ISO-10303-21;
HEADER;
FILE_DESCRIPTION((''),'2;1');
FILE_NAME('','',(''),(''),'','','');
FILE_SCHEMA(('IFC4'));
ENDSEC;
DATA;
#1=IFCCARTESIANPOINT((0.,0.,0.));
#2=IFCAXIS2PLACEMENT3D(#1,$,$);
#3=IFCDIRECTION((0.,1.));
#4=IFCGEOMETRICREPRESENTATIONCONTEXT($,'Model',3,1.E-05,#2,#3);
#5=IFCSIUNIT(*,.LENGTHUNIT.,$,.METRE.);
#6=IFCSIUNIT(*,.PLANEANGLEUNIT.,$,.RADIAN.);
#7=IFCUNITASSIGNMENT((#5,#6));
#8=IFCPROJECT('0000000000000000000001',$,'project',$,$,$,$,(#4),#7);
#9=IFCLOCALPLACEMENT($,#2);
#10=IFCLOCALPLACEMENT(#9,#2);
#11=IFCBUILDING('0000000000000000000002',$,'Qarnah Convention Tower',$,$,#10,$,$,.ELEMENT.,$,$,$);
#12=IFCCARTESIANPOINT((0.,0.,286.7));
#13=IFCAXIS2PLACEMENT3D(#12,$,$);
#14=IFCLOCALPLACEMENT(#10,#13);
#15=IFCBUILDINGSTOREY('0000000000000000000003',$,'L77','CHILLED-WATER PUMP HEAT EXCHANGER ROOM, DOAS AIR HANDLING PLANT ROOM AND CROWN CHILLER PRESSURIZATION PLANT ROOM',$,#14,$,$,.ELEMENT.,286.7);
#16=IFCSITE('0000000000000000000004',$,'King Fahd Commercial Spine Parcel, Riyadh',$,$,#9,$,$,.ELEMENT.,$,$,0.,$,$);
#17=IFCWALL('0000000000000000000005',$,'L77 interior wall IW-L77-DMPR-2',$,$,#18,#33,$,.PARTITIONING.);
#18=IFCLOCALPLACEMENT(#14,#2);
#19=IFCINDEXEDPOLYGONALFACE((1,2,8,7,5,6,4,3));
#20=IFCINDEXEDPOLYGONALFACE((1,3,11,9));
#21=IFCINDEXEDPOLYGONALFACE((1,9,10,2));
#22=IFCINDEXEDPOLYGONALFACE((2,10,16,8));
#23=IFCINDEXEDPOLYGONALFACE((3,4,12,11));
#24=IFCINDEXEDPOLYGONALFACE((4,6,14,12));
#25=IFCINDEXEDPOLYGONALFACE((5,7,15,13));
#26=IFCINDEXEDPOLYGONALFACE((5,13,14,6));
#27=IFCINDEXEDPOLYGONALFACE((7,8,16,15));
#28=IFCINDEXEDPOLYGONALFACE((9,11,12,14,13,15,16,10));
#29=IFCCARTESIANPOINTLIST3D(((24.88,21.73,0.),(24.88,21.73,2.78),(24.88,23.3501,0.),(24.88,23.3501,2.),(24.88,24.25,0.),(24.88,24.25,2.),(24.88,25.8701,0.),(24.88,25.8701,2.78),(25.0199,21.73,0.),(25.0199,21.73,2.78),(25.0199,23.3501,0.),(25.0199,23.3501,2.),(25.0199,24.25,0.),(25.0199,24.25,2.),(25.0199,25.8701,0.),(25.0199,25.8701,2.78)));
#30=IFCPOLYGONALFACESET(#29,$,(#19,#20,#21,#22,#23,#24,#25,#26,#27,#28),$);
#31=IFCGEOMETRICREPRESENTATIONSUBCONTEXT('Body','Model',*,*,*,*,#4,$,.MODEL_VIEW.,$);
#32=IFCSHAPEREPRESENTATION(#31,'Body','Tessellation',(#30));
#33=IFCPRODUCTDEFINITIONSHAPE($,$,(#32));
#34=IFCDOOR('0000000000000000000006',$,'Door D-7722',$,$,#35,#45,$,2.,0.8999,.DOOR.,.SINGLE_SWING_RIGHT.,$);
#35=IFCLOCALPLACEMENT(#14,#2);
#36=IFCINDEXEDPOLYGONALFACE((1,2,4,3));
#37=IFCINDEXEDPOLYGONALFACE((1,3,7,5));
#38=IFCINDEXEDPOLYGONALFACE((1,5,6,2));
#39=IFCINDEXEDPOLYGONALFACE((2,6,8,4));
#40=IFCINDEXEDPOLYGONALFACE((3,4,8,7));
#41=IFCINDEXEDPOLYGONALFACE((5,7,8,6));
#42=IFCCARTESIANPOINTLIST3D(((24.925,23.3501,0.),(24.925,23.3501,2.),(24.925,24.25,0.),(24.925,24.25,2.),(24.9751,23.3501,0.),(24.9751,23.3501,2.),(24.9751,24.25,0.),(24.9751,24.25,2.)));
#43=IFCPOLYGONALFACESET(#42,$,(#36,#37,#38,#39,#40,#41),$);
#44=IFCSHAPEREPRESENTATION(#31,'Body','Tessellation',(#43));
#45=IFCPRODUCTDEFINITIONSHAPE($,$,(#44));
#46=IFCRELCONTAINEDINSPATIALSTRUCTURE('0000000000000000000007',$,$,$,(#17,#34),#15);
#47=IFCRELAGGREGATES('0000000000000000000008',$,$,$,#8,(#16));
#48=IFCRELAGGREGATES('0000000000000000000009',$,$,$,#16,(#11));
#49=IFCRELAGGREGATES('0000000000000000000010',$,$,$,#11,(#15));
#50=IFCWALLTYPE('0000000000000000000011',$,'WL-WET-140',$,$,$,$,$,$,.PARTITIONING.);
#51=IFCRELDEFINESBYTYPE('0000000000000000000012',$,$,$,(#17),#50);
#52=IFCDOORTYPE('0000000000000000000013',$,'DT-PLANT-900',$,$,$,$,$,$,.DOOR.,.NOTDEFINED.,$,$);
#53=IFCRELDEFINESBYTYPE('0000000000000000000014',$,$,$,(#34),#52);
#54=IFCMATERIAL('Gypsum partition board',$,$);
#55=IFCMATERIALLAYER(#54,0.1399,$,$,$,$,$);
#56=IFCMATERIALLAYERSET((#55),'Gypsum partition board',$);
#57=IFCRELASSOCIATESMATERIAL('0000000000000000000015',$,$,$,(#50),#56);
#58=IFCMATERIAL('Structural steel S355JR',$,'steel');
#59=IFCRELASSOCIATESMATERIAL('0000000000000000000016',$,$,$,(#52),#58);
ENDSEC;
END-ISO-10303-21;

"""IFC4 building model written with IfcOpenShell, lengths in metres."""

from ifc_helpers import new_model, si_unit, direction, frame, frame_2d, origin, place, context, subcontext, project, spatial, rectangle, extrude, material, layer, layer_set, type_object, element, fill, save


model = new_model("IFC4")

# Units and contexts
model_context = context("Model", 3, precision=1e-05, world=origin(), true_north=direction((0.0, 1.0)))
body_context = subcontext(model_context, "Body", "Model", "MODEL_VIEW")
ifc_project = project(units=[si_unit("LENGTHUNIT", "METRE"), si_unit("PLANEANGLEUNIT", "RADIAN")], contexts=[model_context])

# Site, building, storey
site_placement = place(None, origin())
site = spatial("IfcSite", under=ifc_project, at=site_placement, Name="King Fahd Commercial Spine Parcel, Riyadh", CompositionType="ELEMENT", RefElevation=0.0)
building_placement = place(site_placement, origin())
building = spatial("IfcBuilding", under=site, at=building_placement, Name="Qarnah Convention Tower", CompositionType="ELEMENT")
storey_placement = place(building_placement, frame((0.0, 0.0, 286.7)))
storey = spatial("IfcBuildingStorey", under=building, at=storey_placement, Name="L77", Description="CHILLED-WATER PUMP HEAT EXCHANGER ROOM, DOAS AIR HANDLING PLANT ROOM AND CROWN CHILLER PRESSURIZATION PLANT ROOM", CompositionType="ELEMENT", Elevation=286.7)

# Shared definitions
ifc_material_1 = material(Name="Structural steel S355JR", Category="steel")

# Shared definitions
ifc_material_2 = material(Name="Gypsum partition board")
ifc_layer_1 = layer(ifc_material_2, 0.1399)
ifc_layer_set_1 = layer_set([ifc_layer_1], Name="Gypsum partition board")
wall_type_1 = type_object("IfcWallType", Name="WL-WET-140", PredefinedType="PARTITIONING", material=ifc_layer_set_1)

# Wall, opening, door
wall_1_placement = place(storey_placement, frame((24.95, 21.73, 0.0), z_axis=(0.0, 0.0, 1.0), x_axis=(0.0, 1.0, 0.0)))
wall_1 = element("IfcWall", 1, at=wall_1_placement, inside=storey, type_object=wall_type_1, Name="L77 interior wall IW-L77-DMPR-2", PredefinedType="PARTITIONING", context=body_context, shape_type="SweptSolid", body=[
    extrude(rectangle(XDim=4.1401, YDim=0.1399, at=frame_2d((2.0701, 0.0))), origin(), (0.0, 0.0, 1.0), 2.78),
])
opening_1_placement = place(wall_1_placement, frame((1.6201, 0.0, 0.0)))
opening_1 = element("IfcOpeningElement", 2, at=opening_1_placement, cuts=wall_1, PredefinedType="OPENING", context=body_context, shape_type="SweptSolid", body=[
    extrude(rectangle(XDim=0.8999, YDim=2.0, at=frame_2d((0.45, 1.0))), frame((0.0, 0.0798, 0.0), z_axis=(0.0, -1.0, 0.0), x_axis=(1.0, 0.0, 0.0)), (0.0, 0.0, 1.0), 0.1599),
])
door_type_1 = type_object("IfcDoorType", Name="DT-PLANT-900", OperationType="NOTDEFINED", PredefinedType="DOOR", material=ifc_material_1)
door_1_placement = place(opening_1_placement, origin())
door_1 = element("IfcDoor", 3, at=door_1_placement, inside=storey, type_object=door_type_1, Name="Door D-7722", OperationType="SINGLE_SWING_RIGHT", OverallHeight=2.0, OverallWidth=0.8999, PredefinedType="DOOR", context=body_context, shape_type="SweptSolid", body=[
    extrude(rectangle(XDim=0.8999, YDim=2.0, at=frame_2d((0.45, 1.0))), frame((0.0, 0.0249, 0.0), z_axis=(0.0, -1.0, 0.0), x_axis=(1.0, 0.0, 0.0)), (0.0, 0.0, 1.0), 0.05),
])
fill(opening_1, door_1)

save(model, "model.ifc")
